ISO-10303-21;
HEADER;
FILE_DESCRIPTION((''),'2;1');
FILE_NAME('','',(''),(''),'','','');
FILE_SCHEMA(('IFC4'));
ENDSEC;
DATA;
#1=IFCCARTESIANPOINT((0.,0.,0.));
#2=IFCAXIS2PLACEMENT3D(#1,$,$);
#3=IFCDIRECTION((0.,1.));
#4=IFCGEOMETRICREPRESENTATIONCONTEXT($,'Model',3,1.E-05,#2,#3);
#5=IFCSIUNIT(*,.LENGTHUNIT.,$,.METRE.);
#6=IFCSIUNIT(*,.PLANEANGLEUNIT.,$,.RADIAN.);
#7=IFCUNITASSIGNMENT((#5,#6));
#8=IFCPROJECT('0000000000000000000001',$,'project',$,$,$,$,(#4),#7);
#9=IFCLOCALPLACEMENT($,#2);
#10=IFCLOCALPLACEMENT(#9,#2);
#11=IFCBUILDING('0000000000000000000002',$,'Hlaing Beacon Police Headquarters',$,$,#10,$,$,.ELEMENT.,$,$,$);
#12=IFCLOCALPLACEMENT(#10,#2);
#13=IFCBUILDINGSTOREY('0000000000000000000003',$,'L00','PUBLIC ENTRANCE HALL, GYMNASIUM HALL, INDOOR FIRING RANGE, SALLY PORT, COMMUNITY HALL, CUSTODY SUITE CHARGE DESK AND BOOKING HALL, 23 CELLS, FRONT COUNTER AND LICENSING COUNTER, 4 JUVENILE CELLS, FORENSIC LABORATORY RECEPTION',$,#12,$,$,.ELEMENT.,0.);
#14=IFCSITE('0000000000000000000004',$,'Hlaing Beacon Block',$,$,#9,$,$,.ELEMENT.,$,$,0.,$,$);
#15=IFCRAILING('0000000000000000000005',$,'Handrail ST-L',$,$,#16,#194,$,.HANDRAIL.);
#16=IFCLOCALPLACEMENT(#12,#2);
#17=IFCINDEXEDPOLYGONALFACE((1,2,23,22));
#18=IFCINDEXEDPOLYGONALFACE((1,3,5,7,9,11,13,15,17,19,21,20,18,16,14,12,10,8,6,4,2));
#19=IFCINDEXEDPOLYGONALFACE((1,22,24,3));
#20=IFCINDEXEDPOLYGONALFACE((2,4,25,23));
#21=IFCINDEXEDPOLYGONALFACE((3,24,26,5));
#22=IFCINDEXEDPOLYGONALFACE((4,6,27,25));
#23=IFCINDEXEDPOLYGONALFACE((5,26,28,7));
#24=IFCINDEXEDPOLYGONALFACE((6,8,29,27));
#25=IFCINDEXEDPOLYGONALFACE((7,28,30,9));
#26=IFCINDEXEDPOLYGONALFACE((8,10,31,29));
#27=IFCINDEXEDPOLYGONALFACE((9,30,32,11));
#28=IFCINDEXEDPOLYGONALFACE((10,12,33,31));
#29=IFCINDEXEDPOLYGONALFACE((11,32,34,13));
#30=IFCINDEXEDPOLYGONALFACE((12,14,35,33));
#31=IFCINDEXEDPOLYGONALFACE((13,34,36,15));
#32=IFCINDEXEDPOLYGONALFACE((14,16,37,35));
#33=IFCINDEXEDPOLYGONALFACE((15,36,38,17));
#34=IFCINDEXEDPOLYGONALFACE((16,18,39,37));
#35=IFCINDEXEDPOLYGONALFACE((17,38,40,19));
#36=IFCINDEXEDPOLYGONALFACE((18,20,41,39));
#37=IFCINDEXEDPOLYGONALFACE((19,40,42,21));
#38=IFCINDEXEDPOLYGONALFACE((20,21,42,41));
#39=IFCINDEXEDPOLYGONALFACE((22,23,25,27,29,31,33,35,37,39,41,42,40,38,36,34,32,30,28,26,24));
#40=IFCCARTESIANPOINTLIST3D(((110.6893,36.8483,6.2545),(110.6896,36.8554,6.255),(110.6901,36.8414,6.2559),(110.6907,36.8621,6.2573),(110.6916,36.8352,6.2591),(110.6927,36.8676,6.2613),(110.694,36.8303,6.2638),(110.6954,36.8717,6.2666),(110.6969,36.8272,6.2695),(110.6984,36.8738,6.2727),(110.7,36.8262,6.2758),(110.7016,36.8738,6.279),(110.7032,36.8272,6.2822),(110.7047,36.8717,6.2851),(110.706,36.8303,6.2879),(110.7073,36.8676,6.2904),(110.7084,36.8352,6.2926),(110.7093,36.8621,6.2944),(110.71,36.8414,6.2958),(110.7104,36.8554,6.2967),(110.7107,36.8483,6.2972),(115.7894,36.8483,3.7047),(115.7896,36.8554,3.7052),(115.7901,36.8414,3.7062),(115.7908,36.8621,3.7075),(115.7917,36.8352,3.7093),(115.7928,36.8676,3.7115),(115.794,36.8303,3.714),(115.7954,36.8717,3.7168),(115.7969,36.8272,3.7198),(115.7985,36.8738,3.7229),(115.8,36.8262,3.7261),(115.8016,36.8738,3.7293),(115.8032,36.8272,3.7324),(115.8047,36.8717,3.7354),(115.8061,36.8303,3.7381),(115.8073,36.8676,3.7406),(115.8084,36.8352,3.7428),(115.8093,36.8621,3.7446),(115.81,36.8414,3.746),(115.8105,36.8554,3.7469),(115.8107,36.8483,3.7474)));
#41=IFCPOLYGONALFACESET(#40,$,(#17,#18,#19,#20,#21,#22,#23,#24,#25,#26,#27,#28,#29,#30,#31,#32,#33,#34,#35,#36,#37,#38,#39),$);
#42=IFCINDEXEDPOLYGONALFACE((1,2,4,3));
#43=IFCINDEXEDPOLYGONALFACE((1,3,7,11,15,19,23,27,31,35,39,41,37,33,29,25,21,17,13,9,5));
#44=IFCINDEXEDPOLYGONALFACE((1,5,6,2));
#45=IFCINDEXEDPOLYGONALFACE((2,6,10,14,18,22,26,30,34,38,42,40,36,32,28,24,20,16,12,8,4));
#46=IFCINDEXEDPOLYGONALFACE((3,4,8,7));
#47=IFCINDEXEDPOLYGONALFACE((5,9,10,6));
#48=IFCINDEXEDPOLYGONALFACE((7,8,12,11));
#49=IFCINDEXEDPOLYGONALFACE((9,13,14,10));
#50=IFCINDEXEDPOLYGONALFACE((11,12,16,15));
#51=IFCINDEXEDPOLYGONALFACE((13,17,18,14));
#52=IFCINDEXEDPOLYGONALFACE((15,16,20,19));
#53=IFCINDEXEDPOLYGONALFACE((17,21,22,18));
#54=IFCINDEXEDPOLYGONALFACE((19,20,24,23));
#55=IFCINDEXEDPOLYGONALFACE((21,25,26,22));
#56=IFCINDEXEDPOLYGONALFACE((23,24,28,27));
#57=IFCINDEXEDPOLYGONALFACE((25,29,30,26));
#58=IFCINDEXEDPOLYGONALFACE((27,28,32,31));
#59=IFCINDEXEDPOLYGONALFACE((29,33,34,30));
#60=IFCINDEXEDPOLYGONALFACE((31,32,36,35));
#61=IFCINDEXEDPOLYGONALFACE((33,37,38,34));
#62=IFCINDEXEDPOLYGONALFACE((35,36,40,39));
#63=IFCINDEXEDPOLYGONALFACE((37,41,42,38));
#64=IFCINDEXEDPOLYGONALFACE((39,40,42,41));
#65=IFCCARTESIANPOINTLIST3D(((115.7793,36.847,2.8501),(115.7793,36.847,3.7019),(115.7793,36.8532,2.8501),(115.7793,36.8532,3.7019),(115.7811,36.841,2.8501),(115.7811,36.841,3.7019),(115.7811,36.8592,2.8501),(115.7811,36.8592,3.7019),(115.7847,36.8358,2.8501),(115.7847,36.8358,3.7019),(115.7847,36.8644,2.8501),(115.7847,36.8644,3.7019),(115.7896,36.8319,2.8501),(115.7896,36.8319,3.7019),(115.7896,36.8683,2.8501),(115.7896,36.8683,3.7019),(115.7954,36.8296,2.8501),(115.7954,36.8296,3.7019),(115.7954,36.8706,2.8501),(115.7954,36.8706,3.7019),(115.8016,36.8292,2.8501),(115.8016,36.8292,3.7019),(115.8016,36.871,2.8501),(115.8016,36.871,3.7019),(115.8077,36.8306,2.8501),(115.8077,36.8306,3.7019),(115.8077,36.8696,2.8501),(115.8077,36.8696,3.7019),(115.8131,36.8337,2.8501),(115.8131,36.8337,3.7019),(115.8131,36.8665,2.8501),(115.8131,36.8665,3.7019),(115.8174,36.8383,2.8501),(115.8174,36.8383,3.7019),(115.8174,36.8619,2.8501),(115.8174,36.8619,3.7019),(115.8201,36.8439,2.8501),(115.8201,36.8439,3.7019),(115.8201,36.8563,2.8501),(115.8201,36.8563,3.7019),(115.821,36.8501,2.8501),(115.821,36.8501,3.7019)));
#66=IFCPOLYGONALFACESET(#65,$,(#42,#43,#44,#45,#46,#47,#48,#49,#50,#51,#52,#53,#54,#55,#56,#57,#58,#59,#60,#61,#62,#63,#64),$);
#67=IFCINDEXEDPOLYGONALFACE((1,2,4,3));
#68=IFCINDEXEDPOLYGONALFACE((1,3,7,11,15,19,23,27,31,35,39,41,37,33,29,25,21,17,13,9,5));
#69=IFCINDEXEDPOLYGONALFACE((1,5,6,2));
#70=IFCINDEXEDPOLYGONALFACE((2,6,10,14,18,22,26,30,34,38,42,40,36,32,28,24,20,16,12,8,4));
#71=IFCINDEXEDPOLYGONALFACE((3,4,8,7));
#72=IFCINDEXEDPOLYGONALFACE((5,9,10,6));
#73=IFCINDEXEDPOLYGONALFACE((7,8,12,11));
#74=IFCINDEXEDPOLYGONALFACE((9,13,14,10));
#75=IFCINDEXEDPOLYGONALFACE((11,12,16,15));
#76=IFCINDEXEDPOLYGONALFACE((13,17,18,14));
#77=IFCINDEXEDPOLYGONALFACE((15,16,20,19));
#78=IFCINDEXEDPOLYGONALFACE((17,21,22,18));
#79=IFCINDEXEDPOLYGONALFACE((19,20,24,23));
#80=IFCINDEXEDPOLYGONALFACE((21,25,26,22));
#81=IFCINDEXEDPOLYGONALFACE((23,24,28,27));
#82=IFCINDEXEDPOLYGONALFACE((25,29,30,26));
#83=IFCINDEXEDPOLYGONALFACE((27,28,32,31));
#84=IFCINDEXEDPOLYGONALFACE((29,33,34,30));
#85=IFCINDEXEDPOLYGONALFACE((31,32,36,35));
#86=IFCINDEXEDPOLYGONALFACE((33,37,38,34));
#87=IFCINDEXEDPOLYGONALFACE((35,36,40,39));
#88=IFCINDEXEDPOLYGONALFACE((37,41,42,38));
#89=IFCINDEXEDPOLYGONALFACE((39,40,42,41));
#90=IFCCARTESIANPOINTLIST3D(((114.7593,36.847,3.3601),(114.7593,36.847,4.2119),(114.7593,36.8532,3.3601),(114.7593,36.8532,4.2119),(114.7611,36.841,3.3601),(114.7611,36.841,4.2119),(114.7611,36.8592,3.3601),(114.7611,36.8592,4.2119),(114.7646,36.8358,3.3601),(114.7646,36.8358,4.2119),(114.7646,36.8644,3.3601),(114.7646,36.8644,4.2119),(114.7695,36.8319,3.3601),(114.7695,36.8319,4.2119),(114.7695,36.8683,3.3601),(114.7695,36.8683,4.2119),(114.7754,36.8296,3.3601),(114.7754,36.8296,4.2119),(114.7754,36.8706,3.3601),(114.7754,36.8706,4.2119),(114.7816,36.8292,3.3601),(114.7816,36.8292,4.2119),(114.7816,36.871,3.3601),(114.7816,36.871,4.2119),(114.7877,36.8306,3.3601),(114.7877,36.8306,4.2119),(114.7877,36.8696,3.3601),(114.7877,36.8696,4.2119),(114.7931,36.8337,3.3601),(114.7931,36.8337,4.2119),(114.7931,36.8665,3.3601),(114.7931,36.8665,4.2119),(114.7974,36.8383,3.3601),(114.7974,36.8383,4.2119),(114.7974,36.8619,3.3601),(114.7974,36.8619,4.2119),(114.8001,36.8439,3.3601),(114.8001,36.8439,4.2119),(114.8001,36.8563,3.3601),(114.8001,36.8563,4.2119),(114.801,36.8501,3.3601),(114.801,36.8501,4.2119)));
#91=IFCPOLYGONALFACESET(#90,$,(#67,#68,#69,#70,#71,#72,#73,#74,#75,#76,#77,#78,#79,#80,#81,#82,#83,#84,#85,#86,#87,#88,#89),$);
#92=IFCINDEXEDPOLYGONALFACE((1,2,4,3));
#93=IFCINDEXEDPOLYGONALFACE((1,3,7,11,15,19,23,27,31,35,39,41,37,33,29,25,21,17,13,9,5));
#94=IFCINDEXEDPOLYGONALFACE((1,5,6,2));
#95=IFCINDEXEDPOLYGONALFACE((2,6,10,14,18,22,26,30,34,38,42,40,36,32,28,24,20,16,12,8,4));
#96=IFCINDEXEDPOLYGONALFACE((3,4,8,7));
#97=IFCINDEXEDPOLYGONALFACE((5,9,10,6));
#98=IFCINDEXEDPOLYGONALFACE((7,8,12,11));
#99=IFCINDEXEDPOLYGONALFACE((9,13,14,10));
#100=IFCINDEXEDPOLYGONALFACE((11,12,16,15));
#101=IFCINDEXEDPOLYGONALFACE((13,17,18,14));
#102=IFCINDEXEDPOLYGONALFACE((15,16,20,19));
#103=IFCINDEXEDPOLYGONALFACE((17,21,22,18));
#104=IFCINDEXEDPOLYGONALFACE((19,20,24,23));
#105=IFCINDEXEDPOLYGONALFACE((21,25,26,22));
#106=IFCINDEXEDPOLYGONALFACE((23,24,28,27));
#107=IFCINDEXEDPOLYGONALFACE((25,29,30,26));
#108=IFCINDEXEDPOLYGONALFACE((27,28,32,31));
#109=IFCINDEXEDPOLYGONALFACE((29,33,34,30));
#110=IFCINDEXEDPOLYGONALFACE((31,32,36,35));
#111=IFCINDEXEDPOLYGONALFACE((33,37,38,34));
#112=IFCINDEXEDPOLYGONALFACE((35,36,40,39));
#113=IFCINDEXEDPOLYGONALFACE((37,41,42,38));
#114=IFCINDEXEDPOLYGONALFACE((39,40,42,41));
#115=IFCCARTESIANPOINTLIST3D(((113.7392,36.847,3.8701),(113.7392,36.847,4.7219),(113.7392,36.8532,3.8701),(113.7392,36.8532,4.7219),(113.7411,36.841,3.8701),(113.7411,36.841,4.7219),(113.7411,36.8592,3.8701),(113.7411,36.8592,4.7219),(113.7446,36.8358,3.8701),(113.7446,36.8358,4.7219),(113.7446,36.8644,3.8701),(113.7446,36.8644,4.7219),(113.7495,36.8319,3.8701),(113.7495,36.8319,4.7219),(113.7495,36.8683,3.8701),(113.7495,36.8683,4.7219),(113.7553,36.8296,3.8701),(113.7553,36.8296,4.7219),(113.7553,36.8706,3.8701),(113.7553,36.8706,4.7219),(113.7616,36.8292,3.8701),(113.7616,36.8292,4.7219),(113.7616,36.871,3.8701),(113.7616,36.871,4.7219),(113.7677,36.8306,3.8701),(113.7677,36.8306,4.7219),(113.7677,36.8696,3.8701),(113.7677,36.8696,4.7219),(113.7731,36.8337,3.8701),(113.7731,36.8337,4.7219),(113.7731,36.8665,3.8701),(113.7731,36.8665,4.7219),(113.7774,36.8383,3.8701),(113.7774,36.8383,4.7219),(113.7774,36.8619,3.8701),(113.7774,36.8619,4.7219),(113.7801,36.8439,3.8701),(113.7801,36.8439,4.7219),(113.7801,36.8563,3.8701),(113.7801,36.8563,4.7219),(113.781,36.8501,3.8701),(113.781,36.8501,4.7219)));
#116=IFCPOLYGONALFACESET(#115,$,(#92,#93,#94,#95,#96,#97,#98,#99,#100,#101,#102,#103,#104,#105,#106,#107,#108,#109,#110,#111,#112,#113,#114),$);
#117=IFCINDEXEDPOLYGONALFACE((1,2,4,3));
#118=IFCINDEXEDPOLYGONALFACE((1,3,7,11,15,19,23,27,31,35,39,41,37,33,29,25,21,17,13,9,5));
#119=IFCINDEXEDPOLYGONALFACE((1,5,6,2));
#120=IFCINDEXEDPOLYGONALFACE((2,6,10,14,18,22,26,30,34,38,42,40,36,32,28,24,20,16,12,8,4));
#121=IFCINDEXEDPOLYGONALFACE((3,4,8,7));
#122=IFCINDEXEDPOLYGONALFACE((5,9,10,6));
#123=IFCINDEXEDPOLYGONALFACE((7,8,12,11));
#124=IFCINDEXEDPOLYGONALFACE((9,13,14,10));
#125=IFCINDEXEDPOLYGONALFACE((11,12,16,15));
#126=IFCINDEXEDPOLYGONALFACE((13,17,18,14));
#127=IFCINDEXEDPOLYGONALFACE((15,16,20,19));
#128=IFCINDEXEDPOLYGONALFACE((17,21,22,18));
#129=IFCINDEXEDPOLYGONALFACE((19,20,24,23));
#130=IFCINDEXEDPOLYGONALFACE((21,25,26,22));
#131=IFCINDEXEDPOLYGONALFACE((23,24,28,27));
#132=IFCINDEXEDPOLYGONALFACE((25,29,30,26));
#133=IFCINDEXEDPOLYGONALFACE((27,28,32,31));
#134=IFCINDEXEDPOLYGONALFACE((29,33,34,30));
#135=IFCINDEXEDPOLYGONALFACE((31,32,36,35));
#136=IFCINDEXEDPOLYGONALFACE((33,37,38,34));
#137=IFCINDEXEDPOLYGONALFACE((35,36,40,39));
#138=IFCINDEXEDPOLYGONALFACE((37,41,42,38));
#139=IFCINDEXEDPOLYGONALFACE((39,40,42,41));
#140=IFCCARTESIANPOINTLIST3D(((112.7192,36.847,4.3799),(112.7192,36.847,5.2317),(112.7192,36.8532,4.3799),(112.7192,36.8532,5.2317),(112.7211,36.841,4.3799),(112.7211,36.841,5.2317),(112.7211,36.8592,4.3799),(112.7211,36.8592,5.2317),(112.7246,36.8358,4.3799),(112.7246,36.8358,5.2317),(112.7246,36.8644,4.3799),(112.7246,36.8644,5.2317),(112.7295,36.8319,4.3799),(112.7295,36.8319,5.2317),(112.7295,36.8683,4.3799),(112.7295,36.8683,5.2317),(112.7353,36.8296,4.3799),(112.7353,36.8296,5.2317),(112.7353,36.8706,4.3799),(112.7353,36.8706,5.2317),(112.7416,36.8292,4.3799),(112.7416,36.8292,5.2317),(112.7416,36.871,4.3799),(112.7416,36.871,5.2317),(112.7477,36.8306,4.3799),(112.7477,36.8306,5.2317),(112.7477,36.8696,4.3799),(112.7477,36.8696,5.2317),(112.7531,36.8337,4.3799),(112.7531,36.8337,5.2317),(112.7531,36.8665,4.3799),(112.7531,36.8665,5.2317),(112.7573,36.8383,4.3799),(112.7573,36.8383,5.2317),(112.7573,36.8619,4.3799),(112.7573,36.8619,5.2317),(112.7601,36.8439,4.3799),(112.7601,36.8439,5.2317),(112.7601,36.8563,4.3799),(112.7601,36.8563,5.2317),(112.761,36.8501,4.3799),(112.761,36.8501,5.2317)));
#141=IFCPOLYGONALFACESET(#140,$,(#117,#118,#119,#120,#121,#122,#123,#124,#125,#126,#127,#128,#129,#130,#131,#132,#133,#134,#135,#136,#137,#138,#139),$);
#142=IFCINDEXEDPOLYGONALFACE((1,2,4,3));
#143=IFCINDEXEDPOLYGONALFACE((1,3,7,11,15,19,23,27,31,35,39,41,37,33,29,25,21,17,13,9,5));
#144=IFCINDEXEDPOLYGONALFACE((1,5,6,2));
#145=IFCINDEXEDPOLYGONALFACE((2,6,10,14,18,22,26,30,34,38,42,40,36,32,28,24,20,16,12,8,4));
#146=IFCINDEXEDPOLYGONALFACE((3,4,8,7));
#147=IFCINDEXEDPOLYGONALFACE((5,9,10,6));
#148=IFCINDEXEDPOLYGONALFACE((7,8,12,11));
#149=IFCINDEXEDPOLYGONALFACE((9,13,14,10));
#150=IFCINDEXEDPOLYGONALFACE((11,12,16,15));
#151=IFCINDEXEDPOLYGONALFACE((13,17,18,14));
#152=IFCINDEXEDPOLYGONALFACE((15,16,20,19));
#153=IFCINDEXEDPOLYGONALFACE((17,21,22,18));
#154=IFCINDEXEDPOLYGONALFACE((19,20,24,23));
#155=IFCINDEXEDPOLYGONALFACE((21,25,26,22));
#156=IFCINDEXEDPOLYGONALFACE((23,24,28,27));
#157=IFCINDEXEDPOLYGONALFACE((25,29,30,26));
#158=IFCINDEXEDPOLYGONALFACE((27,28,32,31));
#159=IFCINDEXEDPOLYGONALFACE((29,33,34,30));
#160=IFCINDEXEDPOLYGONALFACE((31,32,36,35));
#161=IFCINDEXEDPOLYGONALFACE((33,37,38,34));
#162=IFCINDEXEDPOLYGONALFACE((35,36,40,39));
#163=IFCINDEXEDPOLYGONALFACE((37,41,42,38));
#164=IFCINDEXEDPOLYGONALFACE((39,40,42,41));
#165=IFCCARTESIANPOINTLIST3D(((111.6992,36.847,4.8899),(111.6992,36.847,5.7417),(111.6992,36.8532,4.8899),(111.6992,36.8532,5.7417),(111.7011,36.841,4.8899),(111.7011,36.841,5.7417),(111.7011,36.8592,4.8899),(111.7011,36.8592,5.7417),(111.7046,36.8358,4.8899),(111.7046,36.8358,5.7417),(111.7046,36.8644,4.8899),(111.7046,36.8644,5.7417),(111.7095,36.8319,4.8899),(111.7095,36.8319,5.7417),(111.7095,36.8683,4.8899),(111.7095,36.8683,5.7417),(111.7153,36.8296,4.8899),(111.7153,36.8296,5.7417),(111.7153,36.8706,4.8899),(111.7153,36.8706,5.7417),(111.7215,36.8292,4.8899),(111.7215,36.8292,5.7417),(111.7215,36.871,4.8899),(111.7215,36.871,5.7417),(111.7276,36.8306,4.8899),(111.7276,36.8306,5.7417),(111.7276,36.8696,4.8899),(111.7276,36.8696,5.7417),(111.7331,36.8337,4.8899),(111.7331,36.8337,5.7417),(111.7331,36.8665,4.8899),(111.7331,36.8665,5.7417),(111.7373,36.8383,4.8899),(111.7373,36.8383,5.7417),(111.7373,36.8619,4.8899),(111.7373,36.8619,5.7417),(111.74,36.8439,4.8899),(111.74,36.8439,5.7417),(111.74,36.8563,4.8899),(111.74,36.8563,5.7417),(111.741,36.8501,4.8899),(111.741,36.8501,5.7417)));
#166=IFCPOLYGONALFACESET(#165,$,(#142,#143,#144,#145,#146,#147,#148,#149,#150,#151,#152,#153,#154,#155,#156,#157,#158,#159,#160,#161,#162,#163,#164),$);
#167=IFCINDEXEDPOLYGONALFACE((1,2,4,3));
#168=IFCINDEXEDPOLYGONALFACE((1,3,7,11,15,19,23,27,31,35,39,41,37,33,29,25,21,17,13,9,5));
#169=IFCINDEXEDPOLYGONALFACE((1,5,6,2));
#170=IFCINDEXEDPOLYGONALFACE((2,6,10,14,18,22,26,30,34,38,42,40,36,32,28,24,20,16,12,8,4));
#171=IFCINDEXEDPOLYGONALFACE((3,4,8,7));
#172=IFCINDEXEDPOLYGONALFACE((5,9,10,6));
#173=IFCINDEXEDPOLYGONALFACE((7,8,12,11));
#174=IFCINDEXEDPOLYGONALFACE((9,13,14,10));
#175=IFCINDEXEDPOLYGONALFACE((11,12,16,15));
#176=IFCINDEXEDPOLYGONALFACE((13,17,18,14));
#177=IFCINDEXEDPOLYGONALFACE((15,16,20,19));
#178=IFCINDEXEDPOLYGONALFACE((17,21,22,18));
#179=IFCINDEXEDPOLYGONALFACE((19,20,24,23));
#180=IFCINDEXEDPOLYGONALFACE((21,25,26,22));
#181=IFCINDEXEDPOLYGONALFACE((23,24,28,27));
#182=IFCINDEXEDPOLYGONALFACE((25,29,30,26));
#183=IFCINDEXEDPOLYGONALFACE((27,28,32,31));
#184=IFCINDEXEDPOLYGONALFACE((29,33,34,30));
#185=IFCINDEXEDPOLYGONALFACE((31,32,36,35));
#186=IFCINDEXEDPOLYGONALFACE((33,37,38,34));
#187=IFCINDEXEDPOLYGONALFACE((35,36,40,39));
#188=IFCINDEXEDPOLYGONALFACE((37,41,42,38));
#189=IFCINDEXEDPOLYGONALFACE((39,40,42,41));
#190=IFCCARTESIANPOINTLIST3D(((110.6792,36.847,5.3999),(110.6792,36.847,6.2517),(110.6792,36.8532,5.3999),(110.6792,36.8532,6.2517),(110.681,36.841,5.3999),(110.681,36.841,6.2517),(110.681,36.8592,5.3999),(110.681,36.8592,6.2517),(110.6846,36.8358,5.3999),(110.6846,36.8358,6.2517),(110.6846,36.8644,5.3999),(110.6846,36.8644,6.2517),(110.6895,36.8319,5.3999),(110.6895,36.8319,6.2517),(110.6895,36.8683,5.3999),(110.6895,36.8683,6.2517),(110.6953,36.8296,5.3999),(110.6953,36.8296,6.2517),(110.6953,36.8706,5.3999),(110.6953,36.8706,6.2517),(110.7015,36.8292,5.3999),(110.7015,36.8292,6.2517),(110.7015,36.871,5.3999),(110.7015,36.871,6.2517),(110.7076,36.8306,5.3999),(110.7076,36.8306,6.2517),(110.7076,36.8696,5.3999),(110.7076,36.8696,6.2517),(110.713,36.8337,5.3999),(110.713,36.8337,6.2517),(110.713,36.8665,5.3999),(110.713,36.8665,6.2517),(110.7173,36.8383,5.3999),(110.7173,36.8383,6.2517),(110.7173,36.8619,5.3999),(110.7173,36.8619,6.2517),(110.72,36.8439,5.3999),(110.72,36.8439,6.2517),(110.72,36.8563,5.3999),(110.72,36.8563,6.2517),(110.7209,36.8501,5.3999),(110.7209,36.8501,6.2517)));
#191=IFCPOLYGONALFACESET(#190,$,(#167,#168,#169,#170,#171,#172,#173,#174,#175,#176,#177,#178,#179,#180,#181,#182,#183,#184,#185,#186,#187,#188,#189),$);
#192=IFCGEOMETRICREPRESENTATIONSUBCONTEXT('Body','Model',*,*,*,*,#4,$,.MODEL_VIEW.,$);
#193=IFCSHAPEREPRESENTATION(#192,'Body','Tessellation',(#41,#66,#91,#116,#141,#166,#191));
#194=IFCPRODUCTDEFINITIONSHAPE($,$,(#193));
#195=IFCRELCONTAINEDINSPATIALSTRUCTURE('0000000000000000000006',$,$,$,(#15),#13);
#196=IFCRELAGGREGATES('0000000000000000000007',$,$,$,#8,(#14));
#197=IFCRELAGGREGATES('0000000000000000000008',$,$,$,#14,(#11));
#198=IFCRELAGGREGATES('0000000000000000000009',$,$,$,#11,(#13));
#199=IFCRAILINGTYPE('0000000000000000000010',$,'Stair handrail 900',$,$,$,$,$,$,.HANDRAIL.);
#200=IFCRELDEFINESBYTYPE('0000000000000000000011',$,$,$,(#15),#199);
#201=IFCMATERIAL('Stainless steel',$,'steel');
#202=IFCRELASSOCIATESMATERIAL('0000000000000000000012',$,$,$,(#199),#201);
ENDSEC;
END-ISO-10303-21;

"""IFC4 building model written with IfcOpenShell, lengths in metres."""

from ifc_helpers import new_model, si_unit, direction, frame, origin, origin_2d, place, context, subcontext, project, spatial, circle, extrude, material, type_object, element, save


model = new_model("IFC4")

# Units and contexts
model_context = context("Model", 3, precision=1e-05, world=origin(), true_north=direction((0.0, 1.0)))
body_context = subcontext(model_context, "Body", "Model", "MODEL_VIEW")
ifc_project = project(units=[si_unit("LENGTHUNIT", "METRE"), si_unit("PLANEANGLEUNIT", "RADIAN")], contexts=[model_context])

# Site, building, storey
site_placement = place(None, origin())
site = spatial("IfcSite", under=ifc_project, at=site_placement, Name="Hlaing Beacon Block", CompositionType="ELEMENT", RefElevation=0.0)
building_placement = place(site_placement, origin())
building = spatial("IfcBuilding", under=site, at=building_placement, Name="Hlaing Beacon Police Headquarters", CompositionType="ELEMENT")
storey_placement = place(building_placement, origin())
storey = spatial("IfcBuildingStorey", under=building, at=storey_placement, Name="L00", Description="PUBLIC ENTRANCE HALL, GYMNASIUM HALL, INDOOR FIRING RANGE, SALLY PORT, COMMUNITY HALL, CUSTODY SUITE CHARGE DESK AND BOOKING HALL, 23 CELLS, FRONT COUNTER AND LICENSING COUNTER, 4 JUVENILE CELLS, FORENSIC LABORATORY RECEPTION", CompositionType="ELEMENT", Elevation=0.0)

# Railing
ifc_material_1 = material(Name="Stainless steel", Category="steel")
railing_type = type_object("IfcRailingType", Name="Stair handrail 900", PredefinedType="HANDRAIL", material=ifc_material_1)
for number, where, name in (
    (1, (115.8, 36.8501, 2.8501), "Handrail ST-L"),
):
    element("IfcRailing", number, at=place(storey_placement, frame(where)), inside=storey, type_object=railing_type, Name=name, PredefinedType="HANDRAIL", context=body_context, shape_type="SweptSolid", body=[
        extrude(circle(Radius=0.0239, at=origin_2d()), frame((0.0, 0.0, 0.876), z_axis=(-0.894444, 0.0, 0.447179), x_axis=(0.0, -1.0, 0.0)), (0.0, 0.0, 1.0), 5.7019),
        extrude(circle(Radius=0.021, at=origin_2d()), origin(), (0.0, 0.0, 1.0), 0.8518),
        extrude(circle(Radius=0.021, at=origin_2d()), frame((-1.02, 0.0, 0.51)), (0.0, 0.0, 1.0), 0.8518),
        extrude(circle(Radius=0.021, at=origin_2d()), frame((-2.04, 0.0, 1.02)), (0.0, 0.0, 1.0), 0.8518),
        extrude(circle(Radius=0.021, at=origin_2d()), frame((-3.0601, 0.0, 1.5298)), (0.0, 0.0, 1.0), 0.8518),
        extrude(circle(Radius=0.021, at=origin_2d()), frame((-4.0801, 0.0, 2.0398)), (0.0, 0.0, 1.0), 0.8518),
        extrude(circle(Radius=0.021, at=origin_2d()), frame((-5.1001, 0.0, 2.5498)), (0.0, 0.0, 1.0), 0.8518),
    ])

save(model, "model.ifc")
